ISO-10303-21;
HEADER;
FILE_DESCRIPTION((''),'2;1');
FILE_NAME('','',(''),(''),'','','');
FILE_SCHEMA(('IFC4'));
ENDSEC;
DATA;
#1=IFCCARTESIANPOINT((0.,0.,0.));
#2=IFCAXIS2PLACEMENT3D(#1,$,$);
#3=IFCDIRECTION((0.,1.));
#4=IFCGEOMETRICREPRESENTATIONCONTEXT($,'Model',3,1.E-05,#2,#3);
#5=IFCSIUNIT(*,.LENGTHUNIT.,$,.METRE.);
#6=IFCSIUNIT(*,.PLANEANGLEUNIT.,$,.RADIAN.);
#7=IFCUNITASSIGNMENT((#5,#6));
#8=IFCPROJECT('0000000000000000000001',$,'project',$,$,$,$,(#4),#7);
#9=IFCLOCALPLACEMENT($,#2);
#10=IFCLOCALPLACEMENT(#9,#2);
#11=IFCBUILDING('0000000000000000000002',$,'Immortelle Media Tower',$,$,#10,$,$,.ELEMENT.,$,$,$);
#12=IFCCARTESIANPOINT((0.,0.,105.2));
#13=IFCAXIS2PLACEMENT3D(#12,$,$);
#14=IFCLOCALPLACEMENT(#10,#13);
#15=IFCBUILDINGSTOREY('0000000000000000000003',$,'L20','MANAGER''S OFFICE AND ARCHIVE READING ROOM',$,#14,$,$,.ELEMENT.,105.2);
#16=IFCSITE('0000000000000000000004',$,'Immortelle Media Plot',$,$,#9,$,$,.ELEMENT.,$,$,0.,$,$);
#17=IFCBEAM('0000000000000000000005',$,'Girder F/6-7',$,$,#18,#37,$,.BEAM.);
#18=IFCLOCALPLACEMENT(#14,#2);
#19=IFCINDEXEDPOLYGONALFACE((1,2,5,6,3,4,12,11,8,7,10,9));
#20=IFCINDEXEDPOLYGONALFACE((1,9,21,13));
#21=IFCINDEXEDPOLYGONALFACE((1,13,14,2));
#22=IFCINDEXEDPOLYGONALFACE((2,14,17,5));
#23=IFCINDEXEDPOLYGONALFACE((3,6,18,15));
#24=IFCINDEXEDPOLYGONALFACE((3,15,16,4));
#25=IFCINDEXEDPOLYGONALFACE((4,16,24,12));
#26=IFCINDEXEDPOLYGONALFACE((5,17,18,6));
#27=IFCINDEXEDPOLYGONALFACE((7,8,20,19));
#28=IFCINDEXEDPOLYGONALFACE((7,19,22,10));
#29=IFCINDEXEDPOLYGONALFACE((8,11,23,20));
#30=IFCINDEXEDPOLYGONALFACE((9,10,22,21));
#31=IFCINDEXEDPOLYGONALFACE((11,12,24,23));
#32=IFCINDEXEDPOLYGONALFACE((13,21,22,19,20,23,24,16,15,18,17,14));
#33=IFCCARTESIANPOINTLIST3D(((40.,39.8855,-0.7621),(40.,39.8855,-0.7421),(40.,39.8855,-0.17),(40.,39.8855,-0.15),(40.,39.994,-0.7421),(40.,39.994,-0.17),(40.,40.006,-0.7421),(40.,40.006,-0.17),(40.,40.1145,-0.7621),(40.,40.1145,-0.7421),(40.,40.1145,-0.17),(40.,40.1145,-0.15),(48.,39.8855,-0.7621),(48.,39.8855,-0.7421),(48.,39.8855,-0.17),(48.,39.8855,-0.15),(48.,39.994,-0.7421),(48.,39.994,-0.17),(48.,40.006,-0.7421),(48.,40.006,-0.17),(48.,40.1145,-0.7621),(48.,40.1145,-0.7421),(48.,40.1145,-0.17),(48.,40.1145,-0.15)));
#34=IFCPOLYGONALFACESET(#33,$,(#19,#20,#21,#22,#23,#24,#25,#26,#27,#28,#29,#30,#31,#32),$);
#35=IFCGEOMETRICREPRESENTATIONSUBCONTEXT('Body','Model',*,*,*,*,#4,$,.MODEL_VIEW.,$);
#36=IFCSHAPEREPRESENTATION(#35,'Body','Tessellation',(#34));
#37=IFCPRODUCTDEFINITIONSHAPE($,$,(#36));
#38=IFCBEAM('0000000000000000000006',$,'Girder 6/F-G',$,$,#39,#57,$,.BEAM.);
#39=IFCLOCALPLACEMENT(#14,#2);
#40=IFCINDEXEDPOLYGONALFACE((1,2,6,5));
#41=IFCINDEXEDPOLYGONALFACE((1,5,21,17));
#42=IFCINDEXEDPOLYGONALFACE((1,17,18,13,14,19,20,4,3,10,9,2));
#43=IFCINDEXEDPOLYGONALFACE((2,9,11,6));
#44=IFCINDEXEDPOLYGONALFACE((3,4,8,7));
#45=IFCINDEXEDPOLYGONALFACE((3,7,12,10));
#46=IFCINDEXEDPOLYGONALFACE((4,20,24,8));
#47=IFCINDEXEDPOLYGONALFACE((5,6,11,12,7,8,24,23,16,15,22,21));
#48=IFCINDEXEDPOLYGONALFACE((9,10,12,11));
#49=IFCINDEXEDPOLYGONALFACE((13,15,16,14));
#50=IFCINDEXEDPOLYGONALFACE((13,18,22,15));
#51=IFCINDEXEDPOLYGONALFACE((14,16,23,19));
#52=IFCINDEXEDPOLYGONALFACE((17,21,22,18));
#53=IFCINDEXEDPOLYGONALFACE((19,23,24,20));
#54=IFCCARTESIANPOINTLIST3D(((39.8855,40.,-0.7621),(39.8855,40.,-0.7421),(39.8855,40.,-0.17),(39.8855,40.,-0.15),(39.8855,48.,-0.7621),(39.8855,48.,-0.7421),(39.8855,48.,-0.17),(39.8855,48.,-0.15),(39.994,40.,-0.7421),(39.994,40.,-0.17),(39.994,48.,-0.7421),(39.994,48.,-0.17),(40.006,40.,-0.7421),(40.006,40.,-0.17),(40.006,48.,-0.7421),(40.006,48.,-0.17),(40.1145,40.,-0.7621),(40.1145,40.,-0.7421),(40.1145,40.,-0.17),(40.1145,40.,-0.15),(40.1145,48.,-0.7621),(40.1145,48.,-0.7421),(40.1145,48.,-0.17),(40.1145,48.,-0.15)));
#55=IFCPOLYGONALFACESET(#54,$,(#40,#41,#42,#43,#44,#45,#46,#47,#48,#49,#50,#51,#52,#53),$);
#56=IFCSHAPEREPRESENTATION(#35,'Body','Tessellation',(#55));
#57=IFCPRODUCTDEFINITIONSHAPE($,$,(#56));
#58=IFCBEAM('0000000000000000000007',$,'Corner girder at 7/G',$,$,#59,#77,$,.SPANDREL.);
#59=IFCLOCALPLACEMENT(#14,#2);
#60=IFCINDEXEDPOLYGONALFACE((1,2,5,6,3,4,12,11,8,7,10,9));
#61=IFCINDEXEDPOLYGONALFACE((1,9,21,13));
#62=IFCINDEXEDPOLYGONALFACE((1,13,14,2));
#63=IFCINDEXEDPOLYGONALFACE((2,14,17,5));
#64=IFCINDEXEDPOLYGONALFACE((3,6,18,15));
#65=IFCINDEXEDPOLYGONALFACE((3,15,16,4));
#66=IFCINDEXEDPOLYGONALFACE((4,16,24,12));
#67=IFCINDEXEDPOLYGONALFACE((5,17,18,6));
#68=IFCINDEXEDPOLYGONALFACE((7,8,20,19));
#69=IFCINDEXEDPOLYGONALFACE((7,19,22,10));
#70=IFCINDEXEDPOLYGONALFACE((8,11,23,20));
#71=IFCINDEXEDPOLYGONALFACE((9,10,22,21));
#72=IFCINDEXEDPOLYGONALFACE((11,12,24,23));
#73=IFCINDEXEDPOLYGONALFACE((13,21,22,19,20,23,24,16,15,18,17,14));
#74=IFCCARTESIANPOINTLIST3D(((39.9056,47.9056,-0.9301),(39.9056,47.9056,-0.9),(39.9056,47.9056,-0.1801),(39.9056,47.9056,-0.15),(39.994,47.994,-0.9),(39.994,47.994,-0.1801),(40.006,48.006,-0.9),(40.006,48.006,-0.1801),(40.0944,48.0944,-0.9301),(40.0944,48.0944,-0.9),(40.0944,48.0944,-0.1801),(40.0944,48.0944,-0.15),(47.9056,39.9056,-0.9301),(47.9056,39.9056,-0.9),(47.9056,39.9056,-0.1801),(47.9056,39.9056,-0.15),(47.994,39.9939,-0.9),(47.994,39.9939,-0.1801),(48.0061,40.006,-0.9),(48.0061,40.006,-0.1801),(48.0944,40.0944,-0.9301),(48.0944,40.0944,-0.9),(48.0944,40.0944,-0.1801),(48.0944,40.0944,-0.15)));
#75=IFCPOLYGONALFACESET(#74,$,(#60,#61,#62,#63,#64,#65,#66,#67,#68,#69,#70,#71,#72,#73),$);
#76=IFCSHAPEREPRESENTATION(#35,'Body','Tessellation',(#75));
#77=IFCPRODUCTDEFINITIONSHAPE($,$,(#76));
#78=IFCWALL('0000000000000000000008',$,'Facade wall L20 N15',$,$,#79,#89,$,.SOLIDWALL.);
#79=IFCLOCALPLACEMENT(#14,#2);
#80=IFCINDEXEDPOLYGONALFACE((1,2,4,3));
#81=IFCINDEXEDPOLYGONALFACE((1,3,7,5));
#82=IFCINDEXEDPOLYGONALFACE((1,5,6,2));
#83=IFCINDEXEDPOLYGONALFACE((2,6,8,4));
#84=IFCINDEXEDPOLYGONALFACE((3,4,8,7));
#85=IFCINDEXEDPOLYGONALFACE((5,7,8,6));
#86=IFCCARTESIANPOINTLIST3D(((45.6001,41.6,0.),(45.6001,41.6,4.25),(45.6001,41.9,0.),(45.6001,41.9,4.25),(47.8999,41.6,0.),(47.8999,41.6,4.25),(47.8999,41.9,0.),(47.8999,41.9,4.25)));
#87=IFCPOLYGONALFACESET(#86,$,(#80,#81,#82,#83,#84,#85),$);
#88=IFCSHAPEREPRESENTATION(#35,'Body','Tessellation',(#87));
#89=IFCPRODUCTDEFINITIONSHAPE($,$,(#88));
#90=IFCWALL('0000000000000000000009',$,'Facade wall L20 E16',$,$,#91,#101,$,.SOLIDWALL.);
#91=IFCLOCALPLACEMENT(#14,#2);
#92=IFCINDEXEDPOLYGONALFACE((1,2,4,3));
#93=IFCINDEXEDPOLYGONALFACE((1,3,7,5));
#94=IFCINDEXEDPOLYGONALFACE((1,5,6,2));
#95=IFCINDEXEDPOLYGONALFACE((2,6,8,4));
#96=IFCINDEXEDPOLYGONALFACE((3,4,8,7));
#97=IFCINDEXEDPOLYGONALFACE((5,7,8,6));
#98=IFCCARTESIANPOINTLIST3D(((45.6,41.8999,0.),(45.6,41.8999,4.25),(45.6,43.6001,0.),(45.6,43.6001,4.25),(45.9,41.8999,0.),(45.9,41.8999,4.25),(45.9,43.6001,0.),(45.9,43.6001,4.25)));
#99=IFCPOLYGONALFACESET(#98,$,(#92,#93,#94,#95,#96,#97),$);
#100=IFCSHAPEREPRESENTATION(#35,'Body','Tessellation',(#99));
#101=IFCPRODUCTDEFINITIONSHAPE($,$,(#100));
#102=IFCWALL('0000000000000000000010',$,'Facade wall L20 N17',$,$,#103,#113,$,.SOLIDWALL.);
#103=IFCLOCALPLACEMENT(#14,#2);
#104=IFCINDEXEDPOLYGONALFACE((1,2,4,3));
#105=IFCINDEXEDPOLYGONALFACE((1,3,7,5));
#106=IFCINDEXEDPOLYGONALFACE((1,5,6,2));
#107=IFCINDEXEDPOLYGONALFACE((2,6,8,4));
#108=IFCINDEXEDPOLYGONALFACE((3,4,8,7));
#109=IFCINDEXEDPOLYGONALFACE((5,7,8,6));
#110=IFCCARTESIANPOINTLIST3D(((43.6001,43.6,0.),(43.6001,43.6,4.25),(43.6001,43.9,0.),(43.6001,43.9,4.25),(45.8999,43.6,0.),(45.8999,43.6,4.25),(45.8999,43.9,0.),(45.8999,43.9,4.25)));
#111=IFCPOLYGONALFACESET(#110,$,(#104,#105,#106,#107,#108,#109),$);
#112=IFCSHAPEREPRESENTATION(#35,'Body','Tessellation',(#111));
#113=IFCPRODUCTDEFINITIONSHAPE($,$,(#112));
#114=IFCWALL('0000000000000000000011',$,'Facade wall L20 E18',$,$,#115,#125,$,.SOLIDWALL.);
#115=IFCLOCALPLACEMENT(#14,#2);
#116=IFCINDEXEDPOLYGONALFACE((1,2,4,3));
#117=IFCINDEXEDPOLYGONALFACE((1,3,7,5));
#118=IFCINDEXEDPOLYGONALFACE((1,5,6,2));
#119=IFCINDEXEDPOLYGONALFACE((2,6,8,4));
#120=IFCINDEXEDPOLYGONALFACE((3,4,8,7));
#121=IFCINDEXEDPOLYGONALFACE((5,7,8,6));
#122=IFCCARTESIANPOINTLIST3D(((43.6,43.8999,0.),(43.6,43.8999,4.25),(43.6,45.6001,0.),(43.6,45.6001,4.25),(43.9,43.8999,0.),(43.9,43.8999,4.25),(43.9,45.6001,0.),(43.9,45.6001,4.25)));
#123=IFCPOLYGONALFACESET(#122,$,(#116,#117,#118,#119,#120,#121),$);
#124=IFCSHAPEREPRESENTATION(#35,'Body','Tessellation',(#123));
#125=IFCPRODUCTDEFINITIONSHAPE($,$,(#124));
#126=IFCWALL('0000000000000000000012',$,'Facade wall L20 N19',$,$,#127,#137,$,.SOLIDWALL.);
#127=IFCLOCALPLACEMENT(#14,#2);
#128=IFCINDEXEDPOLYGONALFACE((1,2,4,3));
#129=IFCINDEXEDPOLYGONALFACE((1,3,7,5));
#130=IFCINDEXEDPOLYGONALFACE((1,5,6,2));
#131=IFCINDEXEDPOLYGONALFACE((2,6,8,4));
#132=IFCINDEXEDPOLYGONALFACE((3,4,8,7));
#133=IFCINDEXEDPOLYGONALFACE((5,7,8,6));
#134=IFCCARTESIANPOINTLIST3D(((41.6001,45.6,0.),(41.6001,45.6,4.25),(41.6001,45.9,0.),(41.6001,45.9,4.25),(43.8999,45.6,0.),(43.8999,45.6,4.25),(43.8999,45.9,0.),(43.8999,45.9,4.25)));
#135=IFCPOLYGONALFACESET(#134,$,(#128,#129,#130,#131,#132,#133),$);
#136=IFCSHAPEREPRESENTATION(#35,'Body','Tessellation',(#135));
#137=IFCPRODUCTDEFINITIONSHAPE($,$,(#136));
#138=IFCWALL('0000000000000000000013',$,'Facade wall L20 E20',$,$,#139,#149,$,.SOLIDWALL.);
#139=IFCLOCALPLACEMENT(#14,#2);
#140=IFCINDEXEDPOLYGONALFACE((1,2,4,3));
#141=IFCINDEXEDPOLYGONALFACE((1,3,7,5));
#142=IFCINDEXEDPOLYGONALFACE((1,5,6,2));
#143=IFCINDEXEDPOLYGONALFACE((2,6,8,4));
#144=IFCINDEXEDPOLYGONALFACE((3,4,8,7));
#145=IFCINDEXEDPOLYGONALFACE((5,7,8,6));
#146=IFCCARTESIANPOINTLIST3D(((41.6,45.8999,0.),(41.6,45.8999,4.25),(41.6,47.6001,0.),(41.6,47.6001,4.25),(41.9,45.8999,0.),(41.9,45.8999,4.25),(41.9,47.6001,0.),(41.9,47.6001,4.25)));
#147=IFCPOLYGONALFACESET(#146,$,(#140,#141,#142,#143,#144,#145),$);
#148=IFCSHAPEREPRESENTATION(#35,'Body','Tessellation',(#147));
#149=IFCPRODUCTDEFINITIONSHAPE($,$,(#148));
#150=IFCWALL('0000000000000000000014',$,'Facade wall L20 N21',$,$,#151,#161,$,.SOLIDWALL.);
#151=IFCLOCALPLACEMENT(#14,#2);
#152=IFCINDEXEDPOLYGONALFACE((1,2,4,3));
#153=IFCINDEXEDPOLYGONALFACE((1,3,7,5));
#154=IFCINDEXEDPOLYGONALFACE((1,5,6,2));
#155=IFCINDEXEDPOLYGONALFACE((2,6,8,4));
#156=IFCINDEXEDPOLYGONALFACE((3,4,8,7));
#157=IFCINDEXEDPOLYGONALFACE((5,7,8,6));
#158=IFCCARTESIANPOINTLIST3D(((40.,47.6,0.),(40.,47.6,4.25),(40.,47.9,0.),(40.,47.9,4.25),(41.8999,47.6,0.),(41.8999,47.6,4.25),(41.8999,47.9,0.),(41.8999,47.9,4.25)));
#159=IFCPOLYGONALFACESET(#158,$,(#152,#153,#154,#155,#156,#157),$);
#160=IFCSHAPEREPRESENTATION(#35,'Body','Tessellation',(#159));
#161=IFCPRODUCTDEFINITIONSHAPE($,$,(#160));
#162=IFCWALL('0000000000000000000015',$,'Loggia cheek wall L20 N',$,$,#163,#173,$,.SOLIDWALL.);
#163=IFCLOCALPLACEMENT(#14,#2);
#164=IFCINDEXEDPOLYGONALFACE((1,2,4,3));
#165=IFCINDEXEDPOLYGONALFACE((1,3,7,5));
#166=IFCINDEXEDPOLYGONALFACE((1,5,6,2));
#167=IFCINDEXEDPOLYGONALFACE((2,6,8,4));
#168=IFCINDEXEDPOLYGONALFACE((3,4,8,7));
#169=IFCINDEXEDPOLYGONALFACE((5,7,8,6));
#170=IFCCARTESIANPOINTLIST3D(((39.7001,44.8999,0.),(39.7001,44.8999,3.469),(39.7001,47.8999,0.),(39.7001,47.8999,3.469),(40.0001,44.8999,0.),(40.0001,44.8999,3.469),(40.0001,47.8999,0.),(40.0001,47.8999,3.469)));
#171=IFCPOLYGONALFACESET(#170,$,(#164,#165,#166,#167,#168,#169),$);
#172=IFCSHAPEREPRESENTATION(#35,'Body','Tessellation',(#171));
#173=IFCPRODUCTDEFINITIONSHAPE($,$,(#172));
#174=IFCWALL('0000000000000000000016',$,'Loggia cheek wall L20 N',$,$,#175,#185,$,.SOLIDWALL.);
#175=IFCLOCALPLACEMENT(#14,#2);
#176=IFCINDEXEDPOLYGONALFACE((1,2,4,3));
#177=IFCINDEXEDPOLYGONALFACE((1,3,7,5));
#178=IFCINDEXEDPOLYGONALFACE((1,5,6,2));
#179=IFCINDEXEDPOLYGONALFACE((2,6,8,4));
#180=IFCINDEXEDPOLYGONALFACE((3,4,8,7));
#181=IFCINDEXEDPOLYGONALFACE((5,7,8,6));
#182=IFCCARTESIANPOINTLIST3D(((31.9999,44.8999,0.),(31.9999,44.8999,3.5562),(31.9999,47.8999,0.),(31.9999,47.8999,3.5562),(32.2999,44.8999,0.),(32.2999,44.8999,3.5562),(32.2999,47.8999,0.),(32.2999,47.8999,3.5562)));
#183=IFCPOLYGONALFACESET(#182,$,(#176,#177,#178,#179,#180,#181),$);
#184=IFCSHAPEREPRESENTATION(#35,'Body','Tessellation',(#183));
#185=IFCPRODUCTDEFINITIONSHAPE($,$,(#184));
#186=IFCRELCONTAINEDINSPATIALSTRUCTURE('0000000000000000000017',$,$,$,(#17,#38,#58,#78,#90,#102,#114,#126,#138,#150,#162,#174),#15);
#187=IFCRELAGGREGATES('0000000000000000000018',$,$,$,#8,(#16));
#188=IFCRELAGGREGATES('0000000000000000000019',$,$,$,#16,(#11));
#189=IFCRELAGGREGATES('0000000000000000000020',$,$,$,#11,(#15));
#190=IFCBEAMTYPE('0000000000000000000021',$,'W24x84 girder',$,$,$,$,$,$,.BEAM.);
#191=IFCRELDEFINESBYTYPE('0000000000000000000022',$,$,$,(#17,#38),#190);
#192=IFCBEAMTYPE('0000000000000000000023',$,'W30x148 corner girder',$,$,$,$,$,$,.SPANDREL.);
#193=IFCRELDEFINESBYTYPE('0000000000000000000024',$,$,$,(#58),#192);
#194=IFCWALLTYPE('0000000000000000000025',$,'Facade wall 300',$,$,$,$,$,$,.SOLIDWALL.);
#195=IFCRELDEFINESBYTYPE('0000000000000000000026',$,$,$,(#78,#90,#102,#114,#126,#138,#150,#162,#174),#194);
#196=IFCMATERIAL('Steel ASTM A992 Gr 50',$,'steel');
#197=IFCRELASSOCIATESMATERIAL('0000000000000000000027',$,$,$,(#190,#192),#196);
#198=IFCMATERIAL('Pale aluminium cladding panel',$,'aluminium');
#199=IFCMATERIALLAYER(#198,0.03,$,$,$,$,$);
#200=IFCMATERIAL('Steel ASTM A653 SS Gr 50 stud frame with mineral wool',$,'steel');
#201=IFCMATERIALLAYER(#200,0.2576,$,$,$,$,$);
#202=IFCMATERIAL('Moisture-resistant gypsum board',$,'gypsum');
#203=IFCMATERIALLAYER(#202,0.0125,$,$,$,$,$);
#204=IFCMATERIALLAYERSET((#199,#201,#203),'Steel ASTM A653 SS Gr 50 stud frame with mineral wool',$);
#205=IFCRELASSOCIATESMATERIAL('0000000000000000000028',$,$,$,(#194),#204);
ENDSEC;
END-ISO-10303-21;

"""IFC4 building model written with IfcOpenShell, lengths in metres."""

from ifc_helpers import new_model, si_unit, direction, frame, frame_2d, origin, origin_2d, place, context, subcontext, project, spatial, rectangle, i_section, extrude, material, layer, layer_set, material_profile, profile_set, type_object, element, save


model = new_model("IFC4")

# Units and contexts
model_context = context("Model", 3, precision=1e-05, world=origin(), true_north=direction((0.0, 1.0)))
body_context = subcontext(model_context, "Body", "Model", "MODEL_VIEW")
ifc_project = project(units=[si_unit("LENGTHUNIT", "METRE"), si_unit("PLANEANGLEUNIT", "RADIAN")], contexts=[model_context])

# Site, building, storey
site_placement = place(None, origin())
site = spatial("IfcSite", under=ifc_project, at=site_placement, Name="Immortelle Media Plot", CompositionType="ELEMENT", RefElevation=0.0)
building_placement = place(site_placement, origin())
building = spatial("IfcBuilding", under=site, at=building_placement, Name="Immortelle Media Tower", CompositionType="ELEMENT")
storey_placement = place(building_placement, frame((0.0, 0.0, 105.2)))
storey = spatial("IfcBuildingStorey", under=building, at=storey_placement, Name="L20", Description="MANAGER'S OFFICE AND ARCHIVE READING ROOM", CompositionType="ELEMENT", Elevation=105.2)

# Shared definitions
ifc_material_1 = material(Name="Steel ASTM A992 Gr 50", Category="steel")

# Beams
ifc_material_profile_1 = material_profile(ifc_material_1, i_section(OverallWidth=0.229, OverallDepth=0.6121, WebThickness=0.012, FlangeThickness=0.02, at=origin_2d()), Name="W24x84")
ifc_profile_set_1 = profile_set([ifc_material_profile_1], Name="Steel ASTM A992 Gr 50")
beam_type_1 = type_object("IfcBeamType", Name="W24x84 girder", PredefinedType="BEAM", material=ifc_profile_set_1)
for number, where, z_axis, x_axis, name in (
    (1, (40.0, 40.0, -0.4561), (1.0, 0.0, 0.0), (0.0, 1.0, 0.0), "Girder F/6-7"),
    (2, (40.0, 40.0, -0.4561), (0.0, 1.0, 0.0), (-1.0, 0.0, 0.0), "Girder 6/F-G"),
):
    element("IfcBeam", number, at=place(storey_placement, frame(where, z_axis=z_axis, x_axis=x_axis)), inside=storey, type_object=beam_type_1, Name=name, PredefinedType="BEAM", context=body_context, shape_type="SweptSolid", body=[
        extrude(i_section(OverallWidth=0.229, OverallDepth=0.6121, WebThickness=0.012, FlangeThickness=0.02, at=origin_2d()), origin(), (0.0, 0.0, 1.0), 8.0),
    ])
ifc_material_profile_2 = material_profile(ifc_material_1, i_section(OverallWidth=0.2671, OverallDepth=0.78, WebThickness=0.0171, FlangeThickness=0.03, at=origin_2d()), Name="W30x148")
ifc_profile_set_2 = profile_set([ifc_material_profile_2], Name="Steel ASTM A992 Gr 50")
beam_type_2 = type_object("IfcBeamType", Name="W30x148 corner girder", PredefinedType="SPANDREL", material=ifc_profile_set_2)
beam_1_placement = place(storey_placement, frame((40.0, 48.0, -0.54), z_axis=(0.707107, -0.707107, 0.0), x_axis=(0.707107, 0.707107, 0.0)))
element("IfcBeam", 3, at=beam_1_placement, inside=storey, type_object=beam_type_2, Name="Corner girder at 7/G", PredefinedType="SPANDREL", context=body_context, shape_type="SweptSolid", body=[
    extrude(i_section(OverallWidth=0.2671, OverallDepth=0.78, WebThickness=0.0171, FlangeThickness=0.03, at=origin_2d()), origin(), (0.0, 0.0, 1.0), 11.3137),
])

# Walls
ifc_material_2 = material(Name="Pale aluminium cladding panel", Category="aluminium")
ifc_layer_1 = layer(ifc_material_2, 0.03)
ifc_material_3 = material(Name="Steel ASTM A653 SS Gr 50 stud frame with mineral wool", Category="steel")
ifc_layer_2 = layer(ifc_material_3, 0.2576)
ifc_material_4 = material(Name="Moisture-resistant gypsum board", Category="gypsum")
ifc_layer_3 = layer(ifc_material_4, 0.0125)
ifc_layer_set_1 = layer_set([ifc_layer_1, ifc_layer_2, ifc_layer_3], Name="Steel ASTM A653 SS Gr 50 stud frame with mineral wool")
wall_type_1 = type_object("IfcWallType", Name="Facade wall 300", PredefinedType="SOLIDWALL", material=ifc_layer_set_1)
wall_1_placement = place(storey_placement, frame((47.8999, 41.75, 0.0), z_axis=(0.0, 0.0, 1.0), x_axis=(-1.0, 0.0, 0.0)))
element("IfcWall", 4, at=wall_1_placement, inside=storey, type_object=wall_type_1, Name="Facade wall L20 N15", PredefinedType="SOLIDWALL", context=body_context, shape_type="SweptSolid", body=[
    extrude(rectangle(XDim=2.2998, YDim=0.3, at=frame_2d((1.1499, 0.0))), origin(), (0.0, 0.0, 1.0), 4.25),
])
wall_2_placement = place(storey_placement, frame((45.75, 41.8999, 0.0), z_axis=(0.0, 0.0, 1.0), x_axis=(0.0, 1.0, 0.0)))
element("IfcWall", 5, at=wall_2_placement, inside=storey, type_object=wall_type_1, Name="Facade wall L20 E16", PredefinedType="SOLIDWALL", context=body_context, shape_type="SweptSolid", body=[
    extrude(rectangle(XDim=1.7002, YDim=0.3, at=frame_2d((0.8501, 0.0))), origin(), (0.0, 0.0, 1.0), 4.25),
])
wall_3_placement = place(storey_placement, frame((45.8999, 43.75, 0.0), z_axis=(0.0, 0.0, 1.0), x_axis=(-1.0, 0.0, 0.0)))
element("IfcWall", 6, at=wall_3_placement, inside=storey, type_object=wall_type_1, Name="Facade wall L20 N17", PredefinedType="SOLIDWALL", context=body_context, shape_type="SweptSolid", body=[
    extrude(rectangle(XDim=2.2998, YDim=0.3, at=frame_2d((1.1499, 0.0))), origin(), (0.0, 0.0, 1.0), 4.25),
])
wall_4_placement = place(storey_placement, frame((43.75, 43.8999, 0.0), z_axis=(0.0, 0.0, 1.0), x_axis=(0.0, 1.0, 0.0)))
element("IfcWall", 7, at=wall_4_placement, inside=storey, type_object=wall_type_1, Name="Facade wall L20 E18", PredefinedType="SOLIDWALL", context=body_context, shape_type="SweptSolid", body=[
    extrude(rectangle(XDim=1.7002, YDim=0.3, at=frame_2d((0.8501, 0.0))), origin(), (0.0, 0.0, 1.0), 4.25),
])
wall_5_placement = place(storey_placement, frame((43.8999, 45.75, 0.0), z_axis=(0.0, 0.0, 1.0), x_axis=(-1.0, 0.0, 0.0)))
element("IfcWall", 8, at=wall_5_placement, inside=storey, type_object=wall_type_1, Name="Facade wall L20 N19", PredefinedType="SOLIDWALL", context=body_context, shape_type="SweptSolid", body=[
    extrude(rectangle(XDim=2.2998, YDim=0.3, at=frame_2d((1.1499, 0.0))), origin(), (0.0, 0.0, 1.0), 4.25),
])
wall_6_placement = place(storey_placement, frame((41.75, 45.8999, 0.0), z_axis=(0.0, 0.0, 1.0), x_axis=(0.0, 1.0, 0.0)))
element("IfcWall", 9, at=wall_6_placement, inside=storey, type_object=wall_type_1, Name="Facade wall L20 E20", PredefinedType="SOLIDWALL", context=body_context, shape_type="SweptSolid", body=[
    extrude(rectangle(XDim=1.7002, YDim=0.3, at=frame_2d((0.8501, 0.0))), origin(), (0.0, 0.0, 1.0), 4.25),
])
wall_7_placement = place(storey_placement, frame((41.8999, 47.75, 0.0), z_axis=(0.0, 0.0, 1.0), x_axis=(-1.0, 0.0, 0.0)))
element("IfcWall", 10, at=wall_7_placement, inside=storey, type_object=wall_type_1, Name="Facade wall L20 N21", PredefinedType="SOLIDWALL", context=body_context, shape_type="SweptSolid", body=[
    extrude(rectangle(XDim=1.8999, YDim=0.3, at=frame_2d((0.95, 0.0))), origin(), (0.0, 0.0, 1.0), 4.25),
])

# Walls
wall_8_placement = place(storey_placement, frame((39.8501, 47.8999, 0.0), z_axis=(0.0, 0.0, 1.0), x_axis=(0.0, -1.0, 0.0)))
element("IfcWall", 11, at=wall_8_placement, inside=storey, type_object=wall_type_1, Name="Loggia cheek wall L20 N", PredefinedType="SOLIDWALL", context=body_context, shape_type="SweptSolid", body=[
    extrude(rectangle(XDim=3.0, YDim=0.3, at=frame_2d((1.5, 0.0))), origin(), (0.0, 0.0, 1.0), 3.469),
])
wall_9_placement = place(storey_placement, frame((32.1499, 47.8999, 0.0), z_axis=(0.0, 0.0, 1.0), x_axis=(0.0, -1.0, 0.0)))
element("IfcWall", 12, at=wall_9_placement, inside=storey, type_object=wall_type_1, Name="Loggia cheek wall L20 N", PredefinedType="SOLIDWALL", context=body_context, shape_type="SweptSolid", body=[
    extrude(rectangle(XDim=3.0, YDim=0.3, at=frame_2d((1.5, 0.0))), origin(), (0.0, 0.0, 1.0), 3.5562),
])

save(model, "model.ifc")
